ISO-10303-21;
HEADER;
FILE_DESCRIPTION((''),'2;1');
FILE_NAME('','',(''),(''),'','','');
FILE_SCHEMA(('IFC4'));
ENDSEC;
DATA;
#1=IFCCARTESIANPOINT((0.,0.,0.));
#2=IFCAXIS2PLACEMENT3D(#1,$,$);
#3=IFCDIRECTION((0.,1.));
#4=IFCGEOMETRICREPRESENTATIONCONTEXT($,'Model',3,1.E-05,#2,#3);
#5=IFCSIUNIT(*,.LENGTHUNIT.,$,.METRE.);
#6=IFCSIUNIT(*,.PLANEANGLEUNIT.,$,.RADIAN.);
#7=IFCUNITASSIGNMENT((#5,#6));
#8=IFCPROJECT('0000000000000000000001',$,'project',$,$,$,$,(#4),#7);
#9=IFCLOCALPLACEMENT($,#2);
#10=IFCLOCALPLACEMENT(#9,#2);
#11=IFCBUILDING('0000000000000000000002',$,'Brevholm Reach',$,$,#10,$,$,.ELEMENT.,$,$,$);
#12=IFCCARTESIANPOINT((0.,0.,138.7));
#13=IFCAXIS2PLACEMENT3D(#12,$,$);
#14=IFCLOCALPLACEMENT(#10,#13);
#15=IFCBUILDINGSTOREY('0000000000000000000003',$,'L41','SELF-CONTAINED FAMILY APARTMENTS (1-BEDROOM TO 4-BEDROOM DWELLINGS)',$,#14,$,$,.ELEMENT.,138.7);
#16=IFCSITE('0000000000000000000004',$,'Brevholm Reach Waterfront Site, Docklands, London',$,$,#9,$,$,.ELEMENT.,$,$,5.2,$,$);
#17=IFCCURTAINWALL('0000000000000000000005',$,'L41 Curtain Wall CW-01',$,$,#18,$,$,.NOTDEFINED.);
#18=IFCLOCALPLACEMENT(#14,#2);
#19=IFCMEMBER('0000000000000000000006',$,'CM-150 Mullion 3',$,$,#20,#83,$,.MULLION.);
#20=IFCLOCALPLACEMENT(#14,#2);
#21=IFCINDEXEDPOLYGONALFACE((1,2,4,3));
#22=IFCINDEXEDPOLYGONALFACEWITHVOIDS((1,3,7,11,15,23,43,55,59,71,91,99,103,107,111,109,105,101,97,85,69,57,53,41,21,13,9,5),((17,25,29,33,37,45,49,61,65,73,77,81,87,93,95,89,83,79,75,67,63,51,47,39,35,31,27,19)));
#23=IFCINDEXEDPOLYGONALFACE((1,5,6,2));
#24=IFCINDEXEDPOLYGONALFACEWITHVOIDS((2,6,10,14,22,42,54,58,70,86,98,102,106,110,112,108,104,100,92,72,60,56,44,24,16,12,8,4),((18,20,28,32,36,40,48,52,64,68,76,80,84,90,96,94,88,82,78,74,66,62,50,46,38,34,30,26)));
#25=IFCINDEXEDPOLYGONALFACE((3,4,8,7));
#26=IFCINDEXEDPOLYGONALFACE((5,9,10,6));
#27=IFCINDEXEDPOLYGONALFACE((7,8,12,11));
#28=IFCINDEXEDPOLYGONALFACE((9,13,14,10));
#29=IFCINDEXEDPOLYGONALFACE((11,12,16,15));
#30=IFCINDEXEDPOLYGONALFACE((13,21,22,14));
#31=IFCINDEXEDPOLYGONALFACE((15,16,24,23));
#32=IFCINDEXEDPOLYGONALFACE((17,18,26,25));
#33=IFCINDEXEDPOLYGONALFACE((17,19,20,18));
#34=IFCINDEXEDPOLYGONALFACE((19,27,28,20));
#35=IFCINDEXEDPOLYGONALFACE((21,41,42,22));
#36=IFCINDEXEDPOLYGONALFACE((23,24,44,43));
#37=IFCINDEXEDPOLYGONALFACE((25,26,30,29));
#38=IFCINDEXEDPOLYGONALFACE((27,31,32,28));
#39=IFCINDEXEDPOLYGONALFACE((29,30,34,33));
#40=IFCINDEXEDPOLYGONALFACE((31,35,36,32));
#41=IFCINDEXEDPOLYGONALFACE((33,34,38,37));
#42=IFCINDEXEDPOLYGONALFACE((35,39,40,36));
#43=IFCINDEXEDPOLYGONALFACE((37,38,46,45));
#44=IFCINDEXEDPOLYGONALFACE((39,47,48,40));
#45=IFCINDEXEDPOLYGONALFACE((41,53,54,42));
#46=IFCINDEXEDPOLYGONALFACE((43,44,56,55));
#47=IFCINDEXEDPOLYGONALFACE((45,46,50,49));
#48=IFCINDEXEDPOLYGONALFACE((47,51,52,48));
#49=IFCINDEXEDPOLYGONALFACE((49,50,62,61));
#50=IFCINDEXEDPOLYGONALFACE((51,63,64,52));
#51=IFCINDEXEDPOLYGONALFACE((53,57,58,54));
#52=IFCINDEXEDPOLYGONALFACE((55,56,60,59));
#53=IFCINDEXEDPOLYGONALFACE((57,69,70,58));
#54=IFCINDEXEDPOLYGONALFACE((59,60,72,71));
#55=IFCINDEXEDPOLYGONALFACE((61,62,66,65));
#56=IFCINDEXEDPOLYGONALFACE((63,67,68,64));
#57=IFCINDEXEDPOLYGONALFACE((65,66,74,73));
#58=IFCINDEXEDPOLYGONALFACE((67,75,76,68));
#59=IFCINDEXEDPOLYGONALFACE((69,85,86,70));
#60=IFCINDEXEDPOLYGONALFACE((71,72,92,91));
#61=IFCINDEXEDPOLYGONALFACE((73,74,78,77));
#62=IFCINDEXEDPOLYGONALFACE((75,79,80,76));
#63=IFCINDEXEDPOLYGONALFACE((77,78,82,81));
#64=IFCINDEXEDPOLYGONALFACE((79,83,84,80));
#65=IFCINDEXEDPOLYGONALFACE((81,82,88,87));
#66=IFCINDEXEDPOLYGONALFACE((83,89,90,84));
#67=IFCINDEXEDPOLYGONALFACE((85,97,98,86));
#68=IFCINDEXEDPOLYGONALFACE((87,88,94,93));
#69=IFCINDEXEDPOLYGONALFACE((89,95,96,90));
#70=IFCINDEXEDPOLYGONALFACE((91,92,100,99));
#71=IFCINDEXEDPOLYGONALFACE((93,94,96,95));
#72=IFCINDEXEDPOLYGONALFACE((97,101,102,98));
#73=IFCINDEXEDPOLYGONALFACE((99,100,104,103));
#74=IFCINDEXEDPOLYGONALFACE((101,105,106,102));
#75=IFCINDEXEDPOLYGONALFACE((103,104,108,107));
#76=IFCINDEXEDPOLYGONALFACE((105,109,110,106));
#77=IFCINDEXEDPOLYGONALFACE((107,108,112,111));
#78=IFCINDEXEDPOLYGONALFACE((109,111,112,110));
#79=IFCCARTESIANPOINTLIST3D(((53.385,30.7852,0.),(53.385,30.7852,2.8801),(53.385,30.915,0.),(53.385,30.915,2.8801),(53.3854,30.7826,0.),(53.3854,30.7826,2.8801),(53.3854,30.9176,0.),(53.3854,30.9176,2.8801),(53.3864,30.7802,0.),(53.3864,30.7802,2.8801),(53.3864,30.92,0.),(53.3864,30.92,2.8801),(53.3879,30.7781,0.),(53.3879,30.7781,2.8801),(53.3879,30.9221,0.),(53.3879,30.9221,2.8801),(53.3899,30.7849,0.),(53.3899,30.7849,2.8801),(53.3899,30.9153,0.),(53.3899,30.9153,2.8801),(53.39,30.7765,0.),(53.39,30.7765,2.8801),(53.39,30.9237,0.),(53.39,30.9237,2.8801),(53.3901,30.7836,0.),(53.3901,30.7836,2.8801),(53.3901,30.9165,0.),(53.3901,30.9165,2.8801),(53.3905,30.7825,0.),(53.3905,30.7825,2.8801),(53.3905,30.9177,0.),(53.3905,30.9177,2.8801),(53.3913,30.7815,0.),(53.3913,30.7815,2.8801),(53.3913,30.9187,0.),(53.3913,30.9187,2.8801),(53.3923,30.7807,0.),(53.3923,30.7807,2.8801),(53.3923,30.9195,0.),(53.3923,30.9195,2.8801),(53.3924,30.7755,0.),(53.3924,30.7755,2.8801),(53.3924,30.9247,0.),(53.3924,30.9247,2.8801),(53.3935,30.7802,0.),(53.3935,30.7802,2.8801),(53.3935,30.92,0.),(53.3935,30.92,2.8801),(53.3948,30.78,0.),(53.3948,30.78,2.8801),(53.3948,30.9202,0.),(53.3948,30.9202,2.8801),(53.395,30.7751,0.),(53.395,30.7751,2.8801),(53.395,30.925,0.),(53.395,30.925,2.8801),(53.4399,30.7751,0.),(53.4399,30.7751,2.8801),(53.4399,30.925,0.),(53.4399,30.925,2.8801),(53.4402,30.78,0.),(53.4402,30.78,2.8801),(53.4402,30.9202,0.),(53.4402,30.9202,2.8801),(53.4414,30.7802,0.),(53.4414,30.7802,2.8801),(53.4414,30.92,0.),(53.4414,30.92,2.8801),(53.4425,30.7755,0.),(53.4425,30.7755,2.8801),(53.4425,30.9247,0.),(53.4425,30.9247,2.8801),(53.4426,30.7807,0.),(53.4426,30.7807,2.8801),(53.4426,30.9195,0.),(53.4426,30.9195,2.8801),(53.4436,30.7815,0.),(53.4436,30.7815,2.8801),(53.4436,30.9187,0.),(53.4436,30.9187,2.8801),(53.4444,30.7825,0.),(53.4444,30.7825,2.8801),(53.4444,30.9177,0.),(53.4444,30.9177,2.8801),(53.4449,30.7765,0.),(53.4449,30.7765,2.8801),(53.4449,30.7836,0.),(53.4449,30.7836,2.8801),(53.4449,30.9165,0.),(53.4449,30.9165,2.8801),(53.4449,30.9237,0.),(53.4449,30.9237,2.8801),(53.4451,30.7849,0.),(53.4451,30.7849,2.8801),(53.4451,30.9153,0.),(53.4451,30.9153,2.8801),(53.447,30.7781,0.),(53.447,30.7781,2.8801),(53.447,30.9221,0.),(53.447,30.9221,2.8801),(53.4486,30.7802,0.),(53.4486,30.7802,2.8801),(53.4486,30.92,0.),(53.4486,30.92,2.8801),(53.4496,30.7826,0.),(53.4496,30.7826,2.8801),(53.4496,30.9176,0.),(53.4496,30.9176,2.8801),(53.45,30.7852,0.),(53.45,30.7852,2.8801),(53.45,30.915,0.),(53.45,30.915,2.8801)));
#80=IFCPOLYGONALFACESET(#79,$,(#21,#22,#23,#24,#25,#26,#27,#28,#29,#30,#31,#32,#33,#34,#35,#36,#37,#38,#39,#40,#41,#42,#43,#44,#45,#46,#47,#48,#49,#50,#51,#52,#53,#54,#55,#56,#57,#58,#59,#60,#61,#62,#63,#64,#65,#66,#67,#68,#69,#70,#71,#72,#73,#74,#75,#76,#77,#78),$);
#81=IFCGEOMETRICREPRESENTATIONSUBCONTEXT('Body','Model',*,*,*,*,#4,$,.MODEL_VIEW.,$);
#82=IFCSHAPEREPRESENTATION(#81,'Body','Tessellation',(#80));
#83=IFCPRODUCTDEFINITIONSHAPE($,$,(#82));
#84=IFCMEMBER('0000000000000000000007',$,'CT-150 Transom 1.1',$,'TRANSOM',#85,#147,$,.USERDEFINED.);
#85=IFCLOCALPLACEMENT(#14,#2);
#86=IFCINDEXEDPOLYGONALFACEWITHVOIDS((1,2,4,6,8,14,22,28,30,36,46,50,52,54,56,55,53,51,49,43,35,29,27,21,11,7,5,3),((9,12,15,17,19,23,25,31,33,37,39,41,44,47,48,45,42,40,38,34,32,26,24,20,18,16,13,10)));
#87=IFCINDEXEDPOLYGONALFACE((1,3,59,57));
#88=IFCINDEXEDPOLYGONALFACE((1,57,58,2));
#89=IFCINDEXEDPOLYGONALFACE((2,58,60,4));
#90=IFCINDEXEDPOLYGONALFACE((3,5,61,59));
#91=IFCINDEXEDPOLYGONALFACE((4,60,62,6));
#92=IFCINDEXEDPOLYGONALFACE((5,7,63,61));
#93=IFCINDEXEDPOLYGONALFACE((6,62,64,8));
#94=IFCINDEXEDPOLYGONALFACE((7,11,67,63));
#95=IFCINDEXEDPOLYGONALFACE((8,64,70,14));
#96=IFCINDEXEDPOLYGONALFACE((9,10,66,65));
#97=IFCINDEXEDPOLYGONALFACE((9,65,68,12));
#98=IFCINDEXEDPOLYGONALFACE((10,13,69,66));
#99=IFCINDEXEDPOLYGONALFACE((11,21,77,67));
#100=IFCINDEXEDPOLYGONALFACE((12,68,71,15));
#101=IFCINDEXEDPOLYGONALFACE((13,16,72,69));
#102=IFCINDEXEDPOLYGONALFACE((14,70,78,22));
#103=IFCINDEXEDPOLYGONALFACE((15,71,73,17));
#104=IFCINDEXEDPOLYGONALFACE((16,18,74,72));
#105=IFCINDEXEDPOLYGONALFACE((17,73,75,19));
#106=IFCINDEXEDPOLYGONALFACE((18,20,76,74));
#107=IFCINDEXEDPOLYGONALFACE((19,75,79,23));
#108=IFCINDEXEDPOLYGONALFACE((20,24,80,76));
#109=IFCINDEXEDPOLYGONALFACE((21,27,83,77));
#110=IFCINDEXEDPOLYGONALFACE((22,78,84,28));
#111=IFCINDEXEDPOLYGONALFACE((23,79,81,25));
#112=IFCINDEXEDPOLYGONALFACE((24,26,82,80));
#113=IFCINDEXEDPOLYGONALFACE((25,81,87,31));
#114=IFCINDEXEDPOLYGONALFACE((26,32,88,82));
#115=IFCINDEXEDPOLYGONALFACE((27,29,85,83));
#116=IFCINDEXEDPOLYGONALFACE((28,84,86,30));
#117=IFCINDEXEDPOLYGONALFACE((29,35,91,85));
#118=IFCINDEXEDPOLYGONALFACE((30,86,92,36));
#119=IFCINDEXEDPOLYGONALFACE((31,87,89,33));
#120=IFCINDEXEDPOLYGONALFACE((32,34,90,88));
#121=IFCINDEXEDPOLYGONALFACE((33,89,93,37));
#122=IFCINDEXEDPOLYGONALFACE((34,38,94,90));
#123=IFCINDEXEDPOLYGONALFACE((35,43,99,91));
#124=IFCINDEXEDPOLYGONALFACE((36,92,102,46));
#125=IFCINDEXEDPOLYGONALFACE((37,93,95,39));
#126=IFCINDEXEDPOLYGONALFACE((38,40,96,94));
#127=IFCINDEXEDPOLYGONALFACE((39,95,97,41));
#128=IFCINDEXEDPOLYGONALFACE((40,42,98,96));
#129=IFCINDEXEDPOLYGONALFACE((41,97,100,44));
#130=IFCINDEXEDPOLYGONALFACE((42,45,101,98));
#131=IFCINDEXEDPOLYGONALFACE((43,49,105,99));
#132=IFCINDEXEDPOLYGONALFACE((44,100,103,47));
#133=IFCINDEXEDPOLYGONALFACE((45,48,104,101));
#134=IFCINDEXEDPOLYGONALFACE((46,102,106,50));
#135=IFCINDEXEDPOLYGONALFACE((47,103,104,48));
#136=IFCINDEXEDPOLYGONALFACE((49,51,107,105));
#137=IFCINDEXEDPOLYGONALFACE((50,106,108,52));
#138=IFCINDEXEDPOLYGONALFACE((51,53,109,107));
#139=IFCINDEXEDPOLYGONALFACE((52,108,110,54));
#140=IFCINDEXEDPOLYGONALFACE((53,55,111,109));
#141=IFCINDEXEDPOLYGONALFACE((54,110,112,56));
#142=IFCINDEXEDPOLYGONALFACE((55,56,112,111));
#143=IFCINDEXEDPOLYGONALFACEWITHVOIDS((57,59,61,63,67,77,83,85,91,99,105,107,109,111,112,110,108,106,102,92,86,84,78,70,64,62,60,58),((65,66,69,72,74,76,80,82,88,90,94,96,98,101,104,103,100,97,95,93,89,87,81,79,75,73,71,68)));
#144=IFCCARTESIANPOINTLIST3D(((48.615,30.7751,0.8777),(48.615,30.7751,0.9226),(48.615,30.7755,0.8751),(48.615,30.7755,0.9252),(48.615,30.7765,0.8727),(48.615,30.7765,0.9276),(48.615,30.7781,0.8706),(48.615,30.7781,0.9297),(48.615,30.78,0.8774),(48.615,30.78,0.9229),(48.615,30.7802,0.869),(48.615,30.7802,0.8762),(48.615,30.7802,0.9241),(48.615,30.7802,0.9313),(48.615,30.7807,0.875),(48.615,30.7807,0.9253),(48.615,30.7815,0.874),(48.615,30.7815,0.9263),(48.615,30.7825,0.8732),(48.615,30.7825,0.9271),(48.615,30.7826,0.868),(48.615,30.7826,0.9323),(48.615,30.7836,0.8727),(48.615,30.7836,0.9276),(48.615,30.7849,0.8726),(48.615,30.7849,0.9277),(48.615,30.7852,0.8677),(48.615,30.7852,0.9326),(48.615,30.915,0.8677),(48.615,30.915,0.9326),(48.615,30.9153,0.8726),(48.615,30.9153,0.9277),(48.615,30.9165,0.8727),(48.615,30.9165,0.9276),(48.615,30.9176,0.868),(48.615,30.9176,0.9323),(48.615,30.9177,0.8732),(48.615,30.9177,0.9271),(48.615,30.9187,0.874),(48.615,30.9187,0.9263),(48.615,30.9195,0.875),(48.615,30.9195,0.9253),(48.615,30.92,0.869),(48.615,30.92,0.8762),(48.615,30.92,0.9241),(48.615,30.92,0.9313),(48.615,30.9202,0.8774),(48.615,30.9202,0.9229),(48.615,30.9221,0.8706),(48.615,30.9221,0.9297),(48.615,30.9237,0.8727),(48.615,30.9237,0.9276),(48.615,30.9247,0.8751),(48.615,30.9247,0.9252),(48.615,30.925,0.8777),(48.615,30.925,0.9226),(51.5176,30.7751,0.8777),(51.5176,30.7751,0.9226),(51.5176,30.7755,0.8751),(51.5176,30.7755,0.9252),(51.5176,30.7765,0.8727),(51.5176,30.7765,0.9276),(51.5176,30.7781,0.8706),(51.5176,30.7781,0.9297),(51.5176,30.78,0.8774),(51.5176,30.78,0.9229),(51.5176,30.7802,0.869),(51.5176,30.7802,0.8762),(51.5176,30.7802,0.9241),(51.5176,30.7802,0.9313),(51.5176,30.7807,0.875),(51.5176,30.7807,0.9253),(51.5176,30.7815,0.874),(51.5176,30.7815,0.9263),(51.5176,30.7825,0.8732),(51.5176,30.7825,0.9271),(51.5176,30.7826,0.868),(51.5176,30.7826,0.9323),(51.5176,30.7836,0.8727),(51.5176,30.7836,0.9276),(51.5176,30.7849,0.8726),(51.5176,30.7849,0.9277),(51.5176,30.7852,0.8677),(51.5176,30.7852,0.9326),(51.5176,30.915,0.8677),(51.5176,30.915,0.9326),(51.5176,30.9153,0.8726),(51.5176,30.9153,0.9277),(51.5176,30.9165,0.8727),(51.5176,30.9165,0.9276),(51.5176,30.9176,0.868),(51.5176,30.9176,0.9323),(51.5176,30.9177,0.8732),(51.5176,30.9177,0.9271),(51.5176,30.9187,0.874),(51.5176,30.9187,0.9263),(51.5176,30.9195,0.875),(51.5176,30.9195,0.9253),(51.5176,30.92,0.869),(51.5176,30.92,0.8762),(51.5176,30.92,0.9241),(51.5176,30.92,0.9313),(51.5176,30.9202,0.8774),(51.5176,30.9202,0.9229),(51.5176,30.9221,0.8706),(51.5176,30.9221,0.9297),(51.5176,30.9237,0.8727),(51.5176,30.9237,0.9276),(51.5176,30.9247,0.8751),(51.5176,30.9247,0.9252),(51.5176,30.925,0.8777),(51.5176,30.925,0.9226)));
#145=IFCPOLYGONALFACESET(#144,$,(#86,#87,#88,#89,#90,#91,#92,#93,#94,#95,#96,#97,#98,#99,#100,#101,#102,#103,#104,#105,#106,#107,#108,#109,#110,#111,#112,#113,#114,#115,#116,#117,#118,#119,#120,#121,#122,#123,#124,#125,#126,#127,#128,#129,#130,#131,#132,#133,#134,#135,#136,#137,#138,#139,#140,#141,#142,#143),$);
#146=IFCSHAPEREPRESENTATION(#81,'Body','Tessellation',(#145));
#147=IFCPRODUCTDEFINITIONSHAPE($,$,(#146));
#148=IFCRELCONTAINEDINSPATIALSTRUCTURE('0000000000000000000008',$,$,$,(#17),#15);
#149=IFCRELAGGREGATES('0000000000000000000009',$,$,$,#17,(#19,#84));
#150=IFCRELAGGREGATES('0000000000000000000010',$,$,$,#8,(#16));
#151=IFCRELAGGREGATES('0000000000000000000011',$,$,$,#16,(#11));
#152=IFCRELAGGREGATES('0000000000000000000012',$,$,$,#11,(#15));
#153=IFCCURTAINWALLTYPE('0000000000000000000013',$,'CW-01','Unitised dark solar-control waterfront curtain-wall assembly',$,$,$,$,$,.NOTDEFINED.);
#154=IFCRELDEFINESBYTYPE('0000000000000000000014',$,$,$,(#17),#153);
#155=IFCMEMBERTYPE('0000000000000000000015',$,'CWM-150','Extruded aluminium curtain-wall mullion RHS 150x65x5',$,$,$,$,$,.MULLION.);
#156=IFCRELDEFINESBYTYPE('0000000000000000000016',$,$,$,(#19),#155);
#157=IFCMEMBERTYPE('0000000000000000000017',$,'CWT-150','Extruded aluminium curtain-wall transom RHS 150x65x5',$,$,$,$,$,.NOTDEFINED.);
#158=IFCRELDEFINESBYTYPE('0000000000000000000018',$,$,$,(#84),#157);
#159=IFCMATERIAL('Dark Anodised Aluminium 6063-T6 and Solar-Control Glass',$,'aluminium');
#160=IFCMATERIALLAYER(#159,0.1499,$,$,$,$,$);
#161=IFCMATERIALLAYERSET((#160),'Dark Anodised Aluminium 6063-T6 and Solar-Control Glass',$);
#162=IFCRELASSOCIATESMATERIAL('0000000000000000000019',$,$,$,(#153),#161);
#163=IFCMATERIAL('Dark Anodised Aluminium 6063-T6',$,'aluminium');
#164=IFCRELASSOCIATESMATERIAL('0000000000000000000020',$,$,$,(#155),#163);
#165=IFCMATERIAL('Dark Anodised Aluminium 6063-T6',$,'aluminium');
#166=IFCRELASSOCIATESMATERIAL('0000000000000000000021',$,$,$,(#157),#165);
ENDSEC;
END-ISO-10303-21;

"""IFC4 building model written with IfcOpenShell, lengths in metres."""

from ifc_helpers import new_model, si_unit, direction, frame, origin, origin_2d, place, context, subcontext, project, spatial, hollow_rectangle, extrude, material, layer, layer_set, material_profile, profile_set, type_object, element, aggregate, save


model = new_model("IFC4")

# Units and contexts
model_context = context("Model", 3, precision=1e-05, world=origin(), true_north=direction((0.0, 1.0)))
body_context = subcontext(model_context, "Body", "Model", "MODEL_VIEW")
ifc_project = project(units=[si_unit("LENGTHUNIT", "METRE"), si_unit("PLANEANGLEUNIT", "RADIAN")], contexts=[model_context])

# Site, building, storey
site_placement = place(None, origin())
site = spatial("IfcSite", under=ifc_project, at=site_placement, Name="Brevholm Reach Waterfront Site, Docklands, London", CompositionType="ELEMENT", RefElevation=5.2)
building_placement = place(site_placement, origin())
building = spatial("IfcBuilding", under=site, at=building_placement, Name="Brevholm Reach", CompositionType="ELEMENT")
storey_placement = place(building_placement, frame((0.0, 0.0, 138.7)))
storey = spatial("IfcBuildingStorey", under=building, at=storey_placement, Name="L41", Description="SELF-CONTAINED FAMILY APARTMENTS (1-BEDROOM TO 4-BEDROOM DWELLINGS)", CompositionType="ELEMENT", Elevation=138.7)

# Curtain wall, members
ifc_material_1 = material(Name="Dark Anodised Aluminium 6063-T6 and Solar-Control Glass", Category="aluminium")
ifc_layer_1 = layer(ifc_material_1, 0.1499)
ifc_layer_set_1 = layer_set([ifc_layer_1], Name="Dark Anodised Aluminium 6063-T6 and Solar-Control Glass")
curtain_wall_type = type_object("IfcCurtainWallType", Name="CW-01", Description="Unitised dark solar-control waterfront curtain-wall assembly", PredefinedType="NOTDEFINED", material=ifc_layer_set_1)
curtain_wall_placement = place(storey_placement, origin())
curtain_wall = element("IfcCurtainWall", 1, at=curtain_wall_placement, inside=storey, type_object=curtain_wall_type, Name="L41 Curtain Wall CW-01", PredefinedType="NOTDEFINED")
ifc_material_2 = material(Name="Dark Anodised Aluminium 6063-T6", Category="aluminium")
ifc_material_profile_1 = material_profile(ifc_material_2, hollow_rectangle(XDim=0.0649, YDim=0.1499, WallThickness=0.0049, InnerFilletRadius=0.0049, OuterFilletRadius=0.01, at=origin_2d()), Name="RHS 150x65x5")
ifc_profile_set_1 = profile_set([ifc_material_profile_1], Name="Dark Anodised Aluminium 6063-T6")
member_type_1 = type_object("IfcMemberType", Name="CWM-150", Description="Extruded aluminium curtain-wall mullion RHS 150x65x5", PredefinedType="MULLION", material=ifc_profile_set_1)
member_1_placement = place(storey_placement, frame((53.4175, 30.8501, 0.0), z_axis=(0.0, 0.0, 1.0), x_axis=(1.0, 0.0, 0.0)))
member_1 = element("IfcMember", 2, at=member_1_placement, type_object=member_type_1, Name="CM-150 Mullion 3", PredefinedType="MULLION", context=body_context, shape_type="SweptSolid", body=[
    extrude(hollow_rectangle(XDim=0.0649, YDim=0.1499, WallThickness=0.0049, InnerFilletRadius=0.0049, OuterFilletRadius=0.01, at=origin_2d()), origin(), (0.0, 0.0, 1.0), 2.8801),
])
ifc_material_3 = material(Name="Dark Anodised Aluminium 6063-T6", Category="aluminium")
ifc_material_profile_2 = material_profile(ifc_material_3, hollow_rectangle(XDim=0.0649, YDim=0.1499, WallThickness=0.0049, InnerFilletRadius=0.0049, OuterFilletRadius=0.01, at=origin_2d()), Name="RHS 150x65x5")
ifc_profile_set_2 = profile_set([ifc_material_profile_2], Name="Dark Anodised Aluminium 6063-T6")
member_type_2 = type_object("IfcMemberType", Name="CWT-150", Description="Extruded aluminium curtain-wall transom RHS 150x65x5", PredefinedType="NOTDEFINED", material=ifc_profile_set_2)
member_2_placement = place(storey_placement, frame((48.615, 30.8501, 0.9001), z_axis=(1.0, 0.0, 0.0), x_axis=(0.0, 0.0, 1.0)))
member_2 = element("IfcMember", 3, at=member_2_placement, type_object=member_type_2, Name="CT-150 Transom 1.1", ObjectType="TRANSOM", PredefinedType="USERDEFINED", context=body_context, shape_type="SweptSolid", body=[
    extrude(hollow_rectangle(XDim=0.0649, YDim=0.1499, WallThickness=0.0049, InnerFilletRadius=0.0049, OuterFilletRadius=0.01, at=origin_2d()), origin(), (0.0, 0.0, 1.0), 2.9026),
])
aggregate(curtain_wall, [member_1, member_2])

save(model, "model.ifc")
